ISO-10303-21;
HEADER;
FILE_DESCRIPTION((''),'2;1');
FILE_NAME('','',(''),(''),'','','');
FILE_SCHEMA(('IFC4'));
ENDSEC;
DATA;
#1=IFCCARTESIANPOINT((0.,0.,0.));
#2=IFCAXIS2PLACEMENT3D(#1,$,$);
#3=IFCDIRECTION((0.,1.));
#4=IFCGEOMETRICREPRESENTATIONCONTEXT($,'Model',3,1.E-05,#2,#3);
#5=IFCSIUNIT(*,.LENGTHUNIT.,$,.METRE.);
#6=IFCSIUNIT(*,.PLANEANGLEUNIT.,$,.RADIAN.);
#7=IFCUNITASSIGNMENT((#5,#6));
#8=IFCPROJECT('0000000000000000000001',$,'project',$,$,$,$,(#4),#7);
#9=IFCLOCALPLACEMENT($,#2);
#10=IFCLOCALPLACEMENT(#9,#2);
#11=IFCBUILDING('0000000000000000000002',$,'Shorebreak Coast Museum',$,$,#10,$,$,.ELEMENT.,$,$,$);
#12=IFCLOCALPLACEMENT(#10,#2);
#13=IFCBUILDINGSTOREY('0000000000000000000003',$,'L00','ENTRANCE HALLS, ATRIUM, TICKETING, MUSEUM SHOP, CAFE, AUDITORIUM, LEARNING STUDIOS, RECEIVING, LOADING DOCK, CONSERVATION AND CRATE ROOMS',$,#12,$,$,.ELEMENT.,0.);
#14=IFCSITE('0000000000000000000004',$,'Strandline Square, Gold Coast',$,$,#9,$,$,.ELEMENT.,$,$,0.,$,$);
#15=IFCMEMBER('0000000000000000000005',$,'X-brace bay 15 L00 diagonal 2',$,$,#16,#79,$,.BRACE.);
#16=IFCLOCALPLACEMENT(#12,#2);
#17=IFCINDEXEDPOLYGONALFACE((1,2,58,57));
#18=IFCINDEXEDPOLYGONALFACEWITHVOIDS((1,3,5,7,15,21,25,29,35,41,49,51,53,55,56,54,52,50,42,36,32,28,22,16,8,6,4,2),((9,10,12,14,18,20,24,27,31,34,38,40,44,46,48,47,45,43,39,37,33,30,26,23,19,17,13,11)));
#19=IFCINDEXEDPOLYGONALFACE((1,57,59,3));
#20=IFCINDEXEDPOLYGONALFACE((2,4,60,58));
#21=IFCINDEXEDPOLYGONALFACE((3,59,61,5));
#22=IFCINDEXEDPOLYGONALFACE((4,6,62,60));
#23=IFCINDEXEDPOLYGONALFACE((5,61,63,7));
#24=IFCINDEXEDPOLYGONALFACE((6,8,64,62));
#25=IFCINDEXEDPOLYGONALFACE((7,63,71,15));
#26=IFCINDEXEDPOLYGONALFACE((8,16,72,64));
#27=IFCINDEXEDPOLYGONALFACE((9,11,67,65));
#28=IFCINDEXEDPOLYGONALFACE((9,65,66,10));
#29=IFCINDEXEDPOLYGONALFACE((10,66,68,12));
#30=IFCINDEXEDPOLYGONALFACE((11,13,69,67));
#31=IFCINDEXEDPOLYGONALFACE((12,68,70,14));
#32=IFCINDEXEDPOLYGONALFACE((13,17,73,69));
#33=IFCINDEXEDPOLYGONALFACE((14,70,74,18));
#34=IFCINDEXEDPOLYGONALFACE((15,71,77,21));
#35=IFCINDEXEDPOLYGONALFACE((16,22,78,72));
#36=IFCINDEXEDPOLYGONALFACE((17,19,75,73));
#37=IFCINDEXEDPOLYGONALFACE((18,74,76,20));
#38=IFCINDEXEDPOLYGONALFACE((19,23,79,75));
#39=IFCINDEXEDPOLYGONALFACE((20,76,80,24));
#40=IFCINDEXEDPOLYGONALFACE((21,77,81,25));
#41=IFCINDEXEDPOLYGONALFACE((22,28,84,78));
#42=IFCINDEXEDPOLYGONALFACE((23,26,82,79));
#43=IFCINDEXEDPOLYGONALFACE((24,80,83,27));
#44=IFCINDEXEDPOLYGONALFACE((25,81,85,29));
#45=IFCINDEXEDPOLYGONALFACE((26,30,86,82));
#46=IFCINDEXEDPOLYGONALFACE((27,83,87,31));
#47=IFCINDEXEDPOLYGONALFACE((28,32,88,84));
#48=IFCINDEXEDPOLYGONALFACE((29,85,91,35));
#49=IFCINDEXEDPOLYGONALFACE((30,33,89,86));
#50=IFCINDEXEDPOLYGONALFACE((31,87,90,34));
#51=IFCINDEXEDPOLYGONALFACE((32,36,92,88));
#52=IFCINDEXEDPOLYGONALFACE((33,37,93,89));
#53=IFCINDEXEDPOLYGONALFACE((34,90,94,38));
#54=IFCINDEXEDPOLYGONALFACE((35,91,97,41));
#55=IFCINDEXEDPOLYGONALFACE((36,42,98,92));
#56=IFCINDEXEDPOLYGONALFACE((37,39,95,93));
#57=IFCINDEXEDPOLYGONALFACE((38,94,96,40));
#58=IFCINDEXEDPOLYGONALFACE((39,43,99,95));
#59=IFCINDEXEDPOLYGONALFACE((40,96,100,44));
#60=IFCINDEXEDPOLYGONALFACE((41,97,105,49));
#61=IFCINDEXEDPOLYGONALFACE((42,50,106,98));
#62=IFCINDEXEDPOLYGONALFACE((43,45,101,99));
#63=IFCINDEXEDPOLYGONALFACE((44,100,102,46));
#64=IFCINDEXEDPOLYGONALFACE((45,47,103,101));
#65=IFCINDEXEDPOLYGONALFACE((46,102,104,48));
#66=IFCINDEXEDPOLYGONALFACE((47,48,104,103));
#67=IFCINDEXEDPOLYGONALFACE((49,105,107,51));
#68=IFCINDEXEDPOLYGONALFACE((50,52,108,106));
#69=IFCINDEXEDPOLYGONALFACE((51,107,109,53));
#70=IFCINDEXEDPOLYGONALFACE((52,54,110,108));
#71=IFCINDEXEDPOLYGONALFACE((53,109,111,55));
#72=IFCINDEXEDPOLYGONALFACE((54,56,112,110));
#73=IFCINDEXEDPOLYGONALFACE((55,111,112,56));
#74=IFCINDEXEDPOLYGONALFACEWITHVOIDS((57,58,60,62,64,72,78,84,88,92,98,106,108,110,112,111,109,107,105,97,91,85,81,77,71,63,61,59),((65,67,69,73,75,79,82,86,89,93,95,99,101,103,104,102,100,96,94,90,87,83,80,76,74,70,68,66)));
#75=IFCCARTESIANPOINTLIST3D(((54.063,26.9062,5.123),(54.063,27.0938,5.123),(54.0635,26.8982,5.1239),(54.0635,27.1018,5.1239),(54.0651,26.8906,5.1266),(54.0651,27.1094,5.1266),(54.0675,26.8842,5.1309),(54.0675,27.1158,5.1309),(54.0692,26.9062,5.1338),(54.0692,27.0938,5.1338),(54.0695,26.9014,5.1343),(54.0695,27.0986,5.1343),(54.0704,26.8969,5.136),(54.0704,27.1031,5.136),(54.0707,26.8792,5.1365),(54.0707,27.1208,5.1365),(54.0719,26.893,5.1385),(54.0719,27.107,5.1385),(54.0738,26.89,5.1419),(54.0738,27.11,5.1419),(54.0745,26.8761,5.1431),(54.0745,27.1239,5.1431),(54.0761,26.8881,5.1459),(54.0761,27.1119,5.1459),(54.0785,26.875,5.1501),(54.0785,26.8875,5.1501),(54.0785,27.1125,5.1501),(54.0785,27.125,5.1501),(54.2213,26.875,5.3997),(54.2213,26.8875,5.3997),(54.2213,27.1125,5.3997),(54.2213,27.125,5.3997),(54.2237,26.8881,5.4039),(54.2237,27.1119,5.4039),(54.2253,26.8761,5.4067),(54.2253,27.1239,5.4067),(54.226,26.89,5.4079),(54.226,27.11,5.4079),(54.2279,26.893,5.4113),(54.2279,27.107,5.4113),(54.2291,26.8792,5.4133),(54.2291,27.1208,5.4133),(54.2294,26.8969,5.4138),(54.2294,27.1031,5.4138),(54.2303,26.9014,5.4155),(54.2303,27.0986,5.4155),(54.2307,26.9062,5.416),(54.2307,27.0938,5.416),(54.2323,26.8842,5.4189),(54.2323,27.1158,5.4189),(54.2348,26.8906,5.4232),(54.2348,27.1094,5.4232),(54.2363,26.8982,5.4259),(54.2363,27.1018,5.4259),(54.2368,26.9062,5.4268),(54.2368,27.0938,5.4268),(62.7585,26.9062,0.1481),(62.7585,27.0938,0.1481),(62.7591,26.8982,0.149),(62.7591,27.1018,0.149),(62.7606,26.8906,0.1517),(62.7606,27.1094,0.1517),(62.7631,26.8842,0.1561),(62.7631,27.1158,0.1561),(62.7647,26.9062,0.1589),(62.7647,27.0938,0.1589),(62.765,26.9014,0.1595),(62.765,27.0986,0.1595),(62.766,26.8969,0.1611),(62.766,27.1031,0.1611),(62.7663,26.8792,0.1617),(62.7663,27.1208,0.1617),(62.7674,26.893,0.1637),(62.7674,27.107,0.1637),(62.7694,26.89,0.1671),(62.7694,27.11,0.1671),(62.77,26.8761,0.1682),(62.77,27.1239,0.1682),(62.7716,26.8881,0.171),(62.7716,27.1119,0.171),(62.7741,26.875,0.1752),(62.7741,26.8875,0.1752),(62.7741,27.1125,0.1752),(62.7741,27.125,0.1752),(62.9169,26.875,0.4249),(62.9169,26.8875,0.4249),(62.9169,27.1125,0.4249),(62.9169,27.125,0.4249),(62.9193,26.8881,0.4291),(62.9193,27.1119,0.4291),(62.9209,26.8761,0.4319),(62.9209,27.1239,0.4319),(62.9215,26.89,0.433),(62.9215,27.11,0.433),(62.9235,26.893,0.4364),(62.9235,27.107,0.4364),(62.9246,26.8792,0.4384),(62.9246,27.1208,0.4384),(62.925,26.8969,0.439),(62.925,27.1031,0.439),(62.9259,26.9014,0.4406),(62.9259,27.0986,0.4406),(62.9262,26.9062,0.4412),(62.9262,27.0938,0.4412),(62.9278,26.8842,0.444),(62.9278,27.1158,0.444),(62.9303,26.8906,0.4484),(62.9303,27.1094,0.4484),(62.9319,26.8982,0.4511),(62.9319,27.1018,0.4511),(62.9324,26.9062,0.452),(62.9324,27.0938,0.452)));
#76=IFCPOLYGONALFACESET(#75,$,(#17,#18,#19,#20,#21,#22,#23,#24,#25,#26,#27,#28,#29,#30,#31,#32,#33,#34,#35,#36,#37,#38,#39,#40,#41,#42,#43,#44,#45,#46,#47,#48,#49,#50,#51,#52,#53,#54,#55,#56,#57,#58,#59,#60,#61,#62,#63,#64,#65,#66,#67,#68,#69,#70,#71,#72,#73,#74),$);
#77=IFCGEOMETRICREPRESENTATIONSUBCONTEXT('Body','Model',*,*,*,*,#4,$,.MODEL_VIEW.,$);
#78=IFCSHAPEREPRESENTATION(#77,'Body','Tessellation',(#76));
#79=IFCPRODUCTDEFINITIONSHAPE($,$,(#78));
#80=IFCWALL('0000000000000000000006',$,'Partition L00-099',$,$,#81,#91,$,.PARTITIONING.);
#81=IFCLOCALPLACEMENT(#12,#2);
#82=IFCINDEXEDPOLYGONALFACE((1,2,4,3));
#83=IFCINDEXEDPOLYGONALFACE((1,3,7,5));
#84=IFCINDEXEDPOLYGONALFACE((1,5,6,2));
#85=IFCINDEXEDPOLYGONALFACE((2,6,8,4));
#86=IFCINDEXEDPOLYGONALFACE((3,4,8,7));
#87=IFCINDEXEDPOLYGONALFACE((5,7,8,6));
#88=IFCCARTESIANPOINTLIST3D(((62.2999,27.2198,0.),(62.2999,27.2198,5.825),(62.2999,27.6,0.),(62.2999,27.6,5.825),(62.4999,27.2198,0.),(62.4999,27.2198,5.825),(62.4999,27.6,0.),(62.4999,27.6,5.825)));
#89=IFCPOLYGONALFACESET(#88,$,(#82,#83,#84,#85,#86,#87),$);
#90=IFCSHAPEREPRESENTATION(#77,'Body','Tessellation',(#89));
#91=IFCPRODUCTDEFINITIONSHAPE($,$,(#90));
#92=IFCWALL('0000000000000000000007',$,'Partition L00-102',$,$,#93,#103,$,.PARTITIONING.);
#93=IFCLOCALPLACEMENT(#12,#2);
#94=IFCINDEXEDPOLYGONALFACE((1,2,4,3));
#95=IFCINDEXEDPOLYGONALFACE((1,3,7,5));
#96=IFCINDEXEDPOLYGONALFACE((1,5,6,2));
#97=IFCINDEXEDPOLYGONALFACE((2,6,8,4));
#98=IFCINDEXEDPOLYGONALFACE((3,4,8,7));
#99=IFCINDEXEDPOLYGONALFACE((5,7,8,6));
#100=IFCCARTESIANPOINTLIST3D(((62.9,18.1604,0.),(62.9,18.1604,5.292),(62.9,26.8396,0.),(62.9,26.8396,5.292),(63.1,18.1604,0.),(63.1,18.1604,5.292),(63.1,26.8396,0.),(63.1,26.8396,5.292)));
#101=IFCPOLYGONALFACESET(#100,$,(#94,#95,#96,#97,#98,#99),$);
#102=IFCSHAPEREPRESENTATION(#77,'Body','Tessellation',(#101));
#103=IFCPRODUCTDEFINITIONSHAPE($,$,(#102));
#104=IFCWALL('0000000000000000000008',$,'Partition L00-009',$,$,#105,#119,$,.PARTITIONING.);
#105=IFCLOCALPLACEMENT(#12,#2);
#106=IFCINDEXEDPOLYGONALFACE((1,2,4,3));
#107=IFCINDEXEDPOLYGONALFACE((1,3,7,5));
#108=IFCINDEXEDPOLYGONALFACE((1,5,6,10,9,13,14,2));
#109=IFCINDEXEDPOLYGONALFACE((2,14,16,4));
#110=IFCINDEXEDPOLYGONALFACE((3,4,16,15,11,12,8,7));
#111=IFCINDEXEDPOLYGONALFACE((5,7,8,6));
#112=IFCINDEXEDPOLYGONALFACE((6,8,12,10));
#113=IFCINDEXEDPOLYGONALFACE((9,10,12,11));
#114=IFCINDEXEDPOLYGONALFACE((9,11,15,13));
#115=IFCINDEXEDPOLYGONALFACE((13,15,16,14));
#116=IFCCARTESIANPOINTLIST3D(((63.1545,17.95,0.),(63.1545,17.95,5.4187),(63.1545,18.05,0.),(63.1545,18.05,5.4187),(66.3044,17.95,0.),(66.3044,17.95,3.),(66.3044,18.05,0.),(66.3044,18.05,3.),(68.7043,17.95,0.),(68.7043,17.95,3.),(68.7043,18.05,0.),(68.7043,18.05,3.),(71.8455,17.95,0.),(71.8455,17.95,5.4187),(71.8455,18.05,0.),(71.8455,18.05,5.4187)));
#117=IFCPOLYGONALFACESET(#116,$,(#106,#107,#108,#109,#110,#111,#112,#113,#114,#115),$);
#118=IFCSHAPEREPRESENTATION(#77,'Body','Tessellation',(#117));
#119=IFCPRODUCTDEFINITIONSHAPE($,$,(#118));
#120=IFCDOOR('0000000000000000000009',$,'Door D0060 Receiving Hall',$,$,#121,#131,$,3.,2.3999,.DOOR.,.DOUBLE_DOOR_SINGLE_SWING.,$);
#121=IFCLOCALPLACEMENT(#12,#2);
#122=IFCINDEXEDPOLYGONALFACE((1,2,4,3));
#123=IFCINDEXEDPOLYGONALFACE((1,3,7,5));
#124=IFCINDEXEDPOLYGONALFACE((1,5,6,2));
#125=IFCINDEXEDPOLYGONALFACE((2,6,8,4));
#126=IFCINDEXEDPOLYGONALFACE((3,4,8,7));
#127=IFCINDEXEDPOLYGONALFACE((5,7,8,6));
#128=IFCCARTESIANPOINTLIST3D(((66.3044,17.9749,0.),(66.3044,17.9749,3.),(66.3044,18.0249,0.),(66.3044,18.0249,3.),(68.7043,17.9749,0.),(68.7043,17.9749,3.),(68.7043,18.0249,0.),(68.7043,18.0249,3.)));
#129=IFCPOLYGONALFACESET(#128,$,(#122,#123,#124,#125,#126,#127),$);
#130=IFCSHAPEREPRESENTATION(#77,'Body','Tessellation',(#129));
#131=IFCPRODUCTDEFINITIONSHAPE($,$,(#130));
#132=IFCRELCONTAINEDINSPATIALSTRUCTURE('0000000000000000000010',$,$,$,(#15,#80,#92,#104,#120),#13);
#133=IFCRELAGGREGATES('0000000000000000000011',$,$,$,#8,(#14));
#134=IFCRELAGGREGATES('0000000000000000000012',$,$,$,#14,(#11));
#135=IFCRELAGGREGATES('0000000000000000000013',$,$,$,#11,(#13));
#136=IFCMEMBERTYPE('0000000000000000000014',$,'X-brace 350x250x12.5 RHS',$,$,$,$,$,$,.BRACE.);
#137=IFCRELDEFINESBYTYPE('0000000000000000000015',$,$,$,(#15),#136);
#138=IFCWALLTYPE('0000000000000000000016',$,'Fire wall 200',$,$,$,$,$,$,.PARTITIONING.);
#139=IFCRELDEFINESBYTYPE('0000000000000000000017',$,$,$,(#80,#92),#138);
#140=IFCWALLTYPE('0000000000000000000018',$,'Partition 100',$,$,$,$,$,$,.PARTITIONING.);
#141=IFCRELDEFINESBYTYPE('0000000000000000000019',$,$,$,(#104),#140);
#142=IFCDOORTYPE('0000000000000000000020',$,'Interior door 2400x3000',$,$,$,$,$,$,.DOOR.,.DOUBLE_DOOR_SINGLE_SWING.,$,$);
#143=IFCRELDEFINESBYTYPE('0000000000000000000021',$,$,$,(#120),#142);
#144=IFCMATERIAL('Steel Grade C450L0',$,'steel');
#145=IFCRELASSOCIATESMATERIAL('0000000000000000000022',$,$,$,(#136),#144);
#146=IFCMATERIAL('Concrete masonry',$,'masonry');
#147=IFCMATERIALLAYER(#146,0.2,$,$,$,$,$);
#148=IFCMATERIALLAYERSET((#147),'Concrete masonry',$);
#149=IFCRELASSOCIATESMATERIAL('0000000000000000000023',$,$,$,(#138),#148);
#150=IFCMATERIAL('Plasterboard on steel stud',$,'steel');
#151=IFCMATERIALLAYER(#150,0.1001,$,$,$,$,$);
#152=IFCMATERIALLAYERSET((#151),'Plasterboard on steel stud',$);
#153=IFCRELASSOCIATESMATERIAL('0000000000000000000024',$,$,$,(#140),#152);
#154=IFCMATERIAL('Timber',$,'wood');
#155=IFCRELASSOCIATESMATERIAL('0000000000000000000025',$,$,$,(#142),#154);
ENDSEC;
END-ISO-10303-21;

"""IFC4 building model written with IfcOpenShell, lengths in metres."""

from ifc_helpers import new_model, si_unit, direction, frame, frame_2d, origin, origin_2d, place, context, subcontext, project, spatial, rectangle, hollow_rectangle, extrude, material, layer, layer_set, material_profile, profile_set, type_object, element, fill, save


model = new_model("IFC4")

# Units and contexts
model_context = context("Model", 3, precision=1e-05, world=origin(), true_north=direction((0.0, 1.0)))
body_context = subcontext(model_context, "Body", "Model", "MODEL_VIEW")
ifc_project = project(units=[si_unit("LENGTHUNIT", "METRE"), si_unit("PLANEANGLEUNIT", "RADIAN")], contexts=[model_context])

# Site, building, storey
site_placement = place(None, origin())
site = spatial("IfcSite", under=ifc_project, at=site_placement, Name="Strandline Square, Gold Coast", CompositionType="ELEMENT", RefElevation=0.0)
building_placement = place(site_placement, origin())
building = spatial("IfcBuilding", under=site, at=building_placement, Name="Shorebreak Coast Museum", CompositionType="ELEMENT")
storey_placement = place(building_placement, origin())
storey = spatial("IfcBuildingStorey", under=building, at=storey_placement, Name="L00", Description="ENTRANCE HALLS, ATRIUM, TICKETING, MUSEUM SHOP, CAFE, AUDITORIUM, LEARNING STUDIOS, RECEIVING, LOADING DOCK, CONSERVATION AND CRATE ROOMS", CompositionType="ELEMENT", Elevation=0.0)

# Member
ifc_material_1 = material(Name="Steel Grade C450L0", Category="steel")
ifc_material_profile_1 = material_profile(ifc_material_1, hollow_rectangle(XDim=0.25, YDim=0.3501, WallThickness=0.0125, InnerFilletRadius=0.0188, OuterFilletRadius=0.0312, at=origin_2d()), Name="350x250x12.5 RHS")
ifc_profile_set_1 = profile_set([ifc_material_profile_1], Name="Steel Grade C450L0")
member_type = type_object("IfcMemberType", Name="X-brace 350x250x12.5 RHS", PredefinedType="BRACE", material=ifc_profile_set_1)
member_placement = place(storey_placement, frame((62.8455, 27.0, 0.3), z_axis=(-0.867987, 0.0, 0.496588), x_axis=(0.0, -1.0, 0.0)))
element("IfcMember", 1, at=member_placement, inside=storey, type_object=member_type, Name="X-brace bay 15 L00 diagonal 2", PredefinedType="BRACE", context=body_context, shape_type="SweptSolid", body=[
    extrude(hollow_rectangle(XDim=0.25, YDim=0.3501, WallThickness=0.0125, InnerFilletRadius=0.0188, OuterFilletRadius=0.0312, at=origin_2d()), origin(), (0.0, 0.0, 1.0), 10.0181),
])

# Walls
ifc_material_2 = material(Name="Concrete masonry", Category="masonry")
ifc_layer_1 = layer(ifc_material_2, 0.2)
ifc_layer_set_1 = layer_set([ifc_layer_1], Name="Concrete masonry")
wall_type_1 = type_object("IfcWallType", Name="Fire wall 200", PredefinedType="PARTITIONING", material=ifc_layer_set_1)
wall_1_placement = place(storey_placement, frame((62.3999, 27.22, 0.0), z_axis=(0.0, 0.0, 1.0), x_axis=(0.0, 1.0, 0.0)))
element("IfcWall", 2, at=wall_1_placement, inside=storey, type_object=wall_type_1, Name="Partition L00-099", PredefinedType="PARTITIONING", context=body_context, shape_type="SweptSolid", body=[
    extrude(rectangle(XDim=0.3801, YDim=0.2, at=frame_2d((0.1899, 0.0))), origin(), (0.0, 0.0, 1.0), 5.825),
])
wall_2_placement = place(storey_placement, frame((63.0, 18.1604, 0.0), z_axis=(0.0, 0.0, 1.0), x_axis=(0.0, 1.0, 0.0)))
element("IfcWall", 3, at=wall_2_placement, inside=storey, type_object=wall_type_1, Name="Partition L00-102", PredefinedType="PARTITIONING", context=body_context, shape_type="SweptSolid", body=[
    extrude(rectangle(XDim=8.6792, YDim=0.2, at=frame_2d((4.3396, 0.0))), origin(), (0.0, 0.0, 1.0), 5.292),
])

# Wall, opening, door
ifc_material_3 = material(Name="Plasterboard on steel stud", Category="steel")
ifc_layer_2 = layer(ifc_material_3, 0.1001)
ifc_layer_set_2 = layer_set([ifc_layer_2], Name="Plasterboard on steel stud")
wall_type_2 = type_object("IfcWallType", Name="Partition 100", PredefinedType="PARTITIONING", material=ifc_layer_set_2)
wall_3_placement = place(storey_placement, frame((63.1545, 18.0, 0.0), z_axis=(0.0, 0.0, 1.0), x_axis=(1.0, 0.0, 0.0)))
wall_3 = element("IfcWall", 4, at=wall_3_placement, inside=storey, type_object=wall_type_2, Name="Partition L00-009", PredefinedType="PARTITIONING", context=body_context, shape_type="SweptSolid", body=[
    extrude(rectangle(XDim=8.6909, YDim=0.1001, at=frame_2d((4.3455, 0.0))), origin(), (0.0, 0.0, 1.0), 5.4187),
])
opening_1_placement = place(wall_3_placement, frame((3.1499, 0.0, 0.0)))
opening_1 = element("IfcOpeningElement", 5, at=opening_1_placement, cuts=wall_3, PredefinedType="OPENING", context=body_context, shape_type="SweptSolid", body=[
    extrude(rectangle(XDim=2.3999, YDim=3.0, at=frame_2d((1.2, 1.5))), frame((0.0, 0.0601, 0.0), z_axis=(0.0, -1.0, 0.0), x_axis=(1.0, 0.0, 0.0)), (0.0, 0.0, 1.0), 0.1201),
])
ifc_material_4 = material(Name="Timber", Category="wood")
door_type_1 = type_object("IfcDoorType", Name="Interior door 2400x3000", OperationType="DOUBLE_DOOR_SINGLE_SWING", PredefinedType="DOOR", material=ifc_material_4)
door_1_placement = place(opening_1_placement, origin())
door_1 = element("IfcDoor", 6, at=door_1_placement, inside=storey, type_object=door_type_1, Name="Door D0060 Receiving Hall", OperationType="DOUBLE_DOOR_SINGLE_SWING", OverallHeight=3.0, OverallWidth=2.3999, PredefinedType="DOOR", context=body_context, shape_type="SweptSolid", body=[
    extrude(rectangle(XDim=2.3999, YDim=3.0, at=frame_2d((1.2, 1.5))), frame((0.0, 0.0249, 0.0), z_axis=(0.0, -1.0, 0.0), x_axis=(1.0, 0.0, 0.0)), (0.0, 0.0, 1.0), 0.05),
])
fill(opening_1, door_1)

save(model, "model.ifc")
